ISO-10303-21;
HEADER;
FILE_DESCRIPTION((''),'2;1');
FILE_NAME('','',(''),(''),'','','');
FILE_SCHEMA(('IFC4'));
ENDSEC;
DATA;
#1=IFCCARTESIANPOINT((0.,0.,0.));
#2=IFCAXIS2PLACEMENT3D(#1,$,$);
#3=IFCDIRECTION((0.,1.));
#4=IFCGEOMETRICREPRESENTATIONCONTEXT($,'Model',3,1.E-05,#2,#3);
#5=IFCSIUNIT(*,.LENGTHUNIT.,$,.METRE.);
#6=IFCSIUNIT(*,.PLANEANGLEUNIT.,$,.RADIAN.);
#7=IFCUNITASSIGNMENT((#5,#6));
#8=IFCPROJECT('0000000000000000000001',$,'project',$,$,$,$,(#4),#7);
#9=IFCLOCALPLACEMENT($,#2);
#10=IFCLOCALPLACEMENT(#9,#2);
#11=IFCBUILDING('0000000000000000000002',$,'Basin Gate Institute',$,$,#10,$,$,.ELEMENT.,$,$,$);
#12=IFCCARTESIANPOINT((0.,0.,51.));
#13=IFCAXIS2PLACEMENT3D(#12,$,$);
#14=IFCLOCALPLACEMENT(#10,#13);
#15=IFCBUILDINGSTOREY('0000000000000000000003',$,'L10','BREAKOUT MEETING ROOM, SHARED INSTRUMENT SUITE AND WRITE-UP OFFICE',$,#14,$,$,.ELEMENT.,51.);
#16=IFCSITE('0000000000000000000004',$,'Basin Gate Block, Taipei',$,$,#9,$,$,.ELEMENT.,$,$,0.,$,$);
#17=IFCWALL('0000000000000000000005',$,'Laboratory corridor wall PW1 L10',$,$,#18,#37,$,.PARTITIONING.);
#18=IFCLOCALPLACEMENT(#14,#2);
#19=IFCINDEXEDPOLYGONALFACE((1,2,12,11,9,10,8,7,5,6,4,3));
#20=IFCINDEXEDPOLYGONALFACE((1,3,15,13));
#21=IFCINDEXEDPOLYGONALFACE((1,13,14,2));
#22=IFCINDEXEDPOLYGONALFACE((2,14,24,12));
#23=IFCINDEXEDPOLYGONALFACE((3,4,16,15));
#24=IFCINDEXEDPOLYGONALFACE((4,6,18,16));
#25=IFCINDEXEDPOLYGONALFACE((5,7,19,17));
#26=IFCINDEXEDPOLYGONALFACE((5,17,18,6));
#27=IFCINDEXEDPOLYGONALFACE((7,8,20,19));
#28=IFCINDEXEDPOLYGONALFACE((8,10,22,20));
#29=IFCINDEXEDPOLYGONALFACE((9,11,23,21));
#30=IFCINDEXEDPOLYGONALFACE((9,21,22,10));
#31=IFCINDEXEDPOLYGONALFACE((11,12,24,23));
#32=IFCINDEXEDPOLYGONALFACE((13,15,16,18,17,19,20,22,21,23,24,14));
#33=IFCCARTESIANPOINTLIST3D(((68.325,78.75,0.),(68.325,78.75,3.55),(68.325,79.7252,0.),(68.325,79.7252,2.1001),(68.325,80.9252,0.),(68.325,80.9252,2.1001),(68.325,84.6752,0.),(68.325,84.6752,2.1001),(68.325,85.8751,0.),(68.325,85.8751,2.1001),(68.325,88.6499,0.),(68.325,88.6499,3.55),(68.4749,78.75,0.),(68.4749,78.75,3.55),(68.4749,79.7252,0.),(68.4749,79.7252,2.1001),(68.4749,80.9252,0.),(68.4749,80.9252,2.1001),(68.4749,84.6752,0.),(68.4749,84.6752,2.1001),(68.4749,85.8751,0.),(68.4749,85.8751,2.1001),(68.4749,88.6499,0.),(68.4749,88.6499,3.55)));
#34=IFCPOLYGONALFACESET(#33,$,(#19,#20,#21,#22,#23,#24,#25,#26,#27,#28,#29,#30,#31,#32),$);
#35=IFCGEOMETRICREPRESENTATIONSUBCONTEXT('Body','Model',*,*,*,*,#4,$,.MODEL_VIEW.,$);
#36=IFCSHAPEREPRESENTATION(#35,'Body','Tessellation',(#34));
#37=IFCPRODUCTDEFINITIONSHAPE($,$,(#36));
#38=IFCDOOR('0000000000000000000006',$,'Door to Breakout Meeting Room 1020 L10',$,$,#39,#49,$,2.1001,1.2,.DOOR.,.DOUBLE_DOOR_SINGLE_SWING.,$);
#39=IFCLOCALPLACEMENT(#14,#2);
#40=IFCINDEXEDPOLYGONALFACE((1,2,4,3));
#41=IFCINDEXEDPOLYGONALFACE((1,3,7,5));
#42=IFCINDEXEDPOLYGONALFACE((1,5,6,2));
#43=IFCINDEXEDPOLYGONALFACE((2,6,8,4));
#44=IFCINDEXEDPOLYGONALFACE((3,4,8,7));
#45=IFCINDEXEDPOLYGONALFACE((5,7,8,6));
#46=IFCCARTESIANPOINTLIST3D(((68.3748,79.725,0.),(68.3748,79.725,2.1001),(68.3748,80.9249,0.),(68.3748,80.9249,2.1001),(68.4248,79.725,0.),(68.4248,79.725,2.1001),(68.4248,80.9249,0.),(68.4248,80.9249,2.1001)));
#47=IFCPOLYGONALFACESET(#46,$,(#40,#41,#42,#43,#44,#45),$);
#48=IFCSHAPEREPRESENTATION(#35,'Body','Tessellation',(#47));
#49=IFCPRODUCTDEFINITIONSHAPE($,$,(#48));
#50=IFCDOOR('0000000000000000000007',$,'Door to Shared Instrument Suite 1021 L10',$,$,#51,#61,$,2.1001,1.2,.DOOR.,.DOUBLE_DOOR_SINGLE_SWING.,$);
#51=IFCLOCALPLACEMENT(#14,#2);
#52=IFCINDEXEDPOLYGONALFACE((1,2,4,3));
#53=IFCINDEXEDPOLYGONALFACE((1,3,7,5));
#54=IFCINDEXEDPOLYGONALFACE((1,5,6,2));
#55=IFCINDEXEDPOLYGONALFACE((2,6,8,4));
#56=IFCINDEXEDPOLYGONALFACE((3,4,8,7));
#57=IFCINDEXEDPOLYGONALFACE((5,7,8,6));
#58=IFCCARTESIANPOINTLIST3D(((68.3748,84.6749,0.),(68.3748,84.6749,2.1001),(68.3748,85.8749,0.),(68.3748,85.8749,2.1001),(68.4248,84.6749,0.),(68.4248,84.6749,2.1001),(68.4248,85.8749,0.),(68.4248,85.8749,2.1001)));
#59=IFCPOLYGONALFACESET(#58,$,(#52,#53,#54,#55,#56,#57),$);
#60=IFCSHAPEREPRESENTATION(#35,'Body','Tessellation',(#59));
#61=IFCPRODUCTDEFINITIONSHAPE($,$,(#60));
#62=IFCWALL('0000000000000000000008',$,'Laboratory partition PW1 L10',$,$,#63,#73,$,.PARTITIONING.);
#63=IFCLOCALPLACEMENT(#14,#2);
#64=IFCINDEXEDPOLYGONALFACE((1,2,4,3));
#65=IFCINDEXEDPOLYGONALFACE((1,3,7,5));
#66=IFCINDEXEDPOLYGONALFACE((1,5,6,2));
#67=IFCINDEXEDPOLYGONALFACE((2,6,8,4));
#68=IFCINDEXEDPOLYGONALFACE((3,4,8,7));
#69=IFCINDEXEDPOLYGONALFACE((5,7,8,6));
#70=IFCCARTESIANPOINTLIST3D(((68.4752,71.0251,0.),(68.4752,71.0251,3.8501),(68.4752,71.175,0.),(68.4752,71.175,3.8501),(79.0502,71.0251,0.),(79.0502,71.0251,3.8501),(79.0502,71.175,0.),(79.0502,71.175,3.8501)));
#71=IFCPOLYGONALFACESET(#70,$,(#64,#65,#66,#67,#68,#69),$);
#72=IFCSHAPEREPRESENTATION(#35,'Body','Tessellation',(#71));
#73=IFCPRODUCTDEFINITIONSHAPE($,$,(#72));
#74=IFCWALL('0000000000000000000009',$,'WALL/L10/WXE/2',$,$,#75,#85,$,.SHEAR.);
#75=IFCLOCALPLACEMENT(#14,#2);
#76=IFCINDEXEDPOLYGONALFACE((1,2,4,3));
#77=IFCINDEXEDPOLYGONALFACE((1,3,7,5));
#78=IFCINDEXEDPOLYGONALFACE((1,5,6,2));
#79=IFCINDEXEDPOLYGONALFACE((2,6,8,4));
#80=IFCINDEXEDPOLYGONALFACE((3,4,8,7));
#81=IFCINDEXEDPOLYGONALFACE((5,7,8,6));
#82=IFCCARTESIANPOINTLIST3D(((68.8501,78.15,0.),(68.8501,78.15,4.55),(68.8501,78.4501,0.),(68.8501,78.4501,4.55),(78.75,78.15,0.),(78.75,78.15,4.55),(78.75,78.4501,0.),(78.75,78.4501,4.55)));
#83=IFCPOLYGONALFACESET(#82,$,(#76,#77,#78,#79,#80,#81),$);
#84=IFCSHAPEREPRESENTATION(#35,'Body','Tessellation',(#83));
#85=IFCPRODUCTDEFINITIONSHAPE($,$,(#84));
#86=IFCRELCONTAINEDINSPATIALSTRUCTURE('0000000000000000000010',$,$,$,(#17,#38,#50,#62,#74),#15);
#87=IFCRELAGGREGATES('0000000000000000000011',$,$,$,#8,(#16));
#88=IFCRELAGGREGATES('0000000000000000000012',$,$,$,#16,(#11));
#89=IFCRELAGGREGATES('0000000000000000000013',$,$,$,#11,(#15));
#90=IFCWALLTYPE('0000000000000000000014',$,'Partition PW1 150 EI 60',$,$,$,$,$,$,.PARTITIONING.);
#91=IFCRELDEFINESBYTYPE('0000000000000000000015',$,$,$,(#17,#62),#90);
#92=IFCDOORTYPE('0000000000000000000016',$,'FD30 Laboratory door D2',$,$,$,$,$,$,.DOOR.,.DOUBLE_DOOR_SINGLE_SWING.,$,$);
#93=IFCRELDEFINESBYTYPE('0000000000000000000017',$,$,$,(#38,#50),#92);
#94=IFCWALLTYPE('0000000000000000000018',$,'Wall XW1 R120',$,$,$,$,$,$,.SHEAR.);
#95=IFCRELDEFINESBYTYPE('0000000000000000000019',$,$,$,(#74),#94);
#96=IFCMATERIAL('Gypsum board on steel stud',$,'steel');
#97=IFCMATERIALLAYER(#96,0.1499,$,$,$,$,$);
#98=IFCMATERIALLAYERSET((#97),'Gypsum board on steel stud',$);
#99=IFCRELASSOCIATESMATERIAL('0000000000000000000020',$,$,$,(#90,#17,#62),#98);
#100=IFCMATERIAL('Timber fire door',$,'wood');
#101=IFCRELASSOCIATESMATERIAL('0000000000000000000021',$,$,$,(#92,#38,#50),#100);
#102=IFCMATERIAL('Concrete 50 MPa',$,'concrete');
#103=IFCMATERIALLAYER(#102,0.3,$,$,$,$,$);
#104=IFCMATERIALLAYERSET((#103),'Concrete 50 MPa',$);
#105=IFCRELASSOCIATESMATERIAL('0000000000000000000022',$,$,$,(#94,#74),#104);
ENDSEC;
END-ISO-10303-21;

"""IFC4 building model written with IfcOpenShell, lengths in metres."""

from ifc_helpers import new_model, si_unit, direction, frame, frame_2d, origin, place, context, subcontext, project, spatial, rectangle, extrude, material, layer, layer_set, type_object, element, fill, save


model = new_model("IFC4")

# Units and contexts
model_context = context("Model", 3, precision=1e-05, world=origin(), true_north=direction((0.0, 1.0)))
body_context = subcontext(model_context, "Body", "Model", "MODEL_VIEW")
ifc_project = project(units=[si_unit("LENGTHUNIT", "METRE"), si_unit("PLANEANGLEUNIT", "RADIAN")], contexts=[model_context])

# Site, building, storey
site_placement = place(None, origin())
site = spatial("IfcSite", under=ifc_project, at=site_placement, Name="Basin Gate Block, Taipei", CompositionType="ELEMENT", RefElevation=0.0)
building_placement = place(site_placement, origin())
building = spatial("IfcBuilding", under=site, at=building_placement, Name="Basin Gate Institute", CompositionType="ELEMENT")
storey_placement = place(building_placement, frame((0.0, 0.0, 51.0)))
storey = spatial("IfcBuildingStorey", under=building, at=storey_placement, Name="L10", Description="BREAKOUT MEETING ROOM, SHARED INSTRUMENT SUITE AND WRITE-UP OFFICE", CompositionType="ELEMENT", Elevation=51.0)

# Shared definitions
ifc_material_1 = material(Name="Gypsum board on steel stud", Category="steel")
ifc_layer_1 = layer(ifc_material_1, 0.1499)
ifc_layer_set_1 = layer_set([ifc_layer_1], Name="Gypsum board on steel stud")
wall_type_1 = type_object("IfcWallType", Name="Partition PW1 150 EI 60", PredefinedType="PARTITIONING", material=ifc_layer_set_1)
ifc_material_2 = material(Name="Timber fire door", Category="wood")
door_type_1 = type_object("IfcDoorType", Name="FD30 Laboratory door D2", OperationType="DOUBLE_DOOR_SINGLE_SWING", PredefinedType="DOOR", material=ifc_material_2)

# Wall, openings, doors
wall_1_placement = place(storey_placement, frame((68.3999, 78.75, 0.0), z_axis=(0.0, 0.0, 1.0), x_axis=(0.0, 1.0, 0.0)))
wall_1 = element("IfcWall", 1, at=wall_1_placement, inside=storey, type_object=wall_type_1, material=ifc_layer_set_1, Name="Laboratory corridor wall PW1 L10", PredefinedType="PARTITIONING", context=body_context, shape_type="SweptSolid", body=[
    extrude(rectangle(XDim=9.8999, YDim=0.1499, at=frame_2d((4.95, 0.0))), origin(), (0.0, 0.0, 1.0), 3.55),
])
opening_1_placement = place(wall_1_placement, frame((0.9751, 0.0, 0.0)))
opening_1 = element("IfcOpeningElement", 2, at=opening_1_placement, cuts=wall_1, PredefinedType="OPENING", context=body_context, shape_type="SweptSolid", body=[
    extrude(rectangle(XDim=1.2, YDim=2.1001, at=frame_2d((0.6001, 1.05))), frame((0.0, 0.085, 0.0), z_axis=(0.0, -1.0, 0.0), x_axis=(1.0, 0.0, 0.0)), (0.0, 0.0, 1.0), 0.1699),
])
opening_2_placement = place(wall_1_placement, frame((5.925, 0.0, 0.0)))
opening_2 = element("IfcOpeningElement", 3, at=opening_2_placement, cuts=wall_1, PredefinedType="OPENING", context=body_context, shape_type="SweptSolid", body=[
    extrude(rectangle(XDim=1.2, YDim=2.1001, at=frame_2d((0.6001, 1.05))), frame((0.0, 0.085, 0.0), z_axis=(0.0, -1.0, 0.0), x_axis=(1.0, 0.0, 0.0)), (0.0, 0.0, 1.0), 0.1699),
])
door_1_placement = place(opening_1_placement, frame((1.2, 0.0, 0.0), z_axis=(0.0, 0.0, 1.0), x_axis=(-1.0, 0.0, 0.0)))
door_1 = element("IfcDoor", 4, at=door_1_placement, inside=storey, type_object=door_type_1, material=ifc_material_2, Name="Door to Breakout Meeting Room 1020 L10", OperationType="DOUBLE_DOOR_SINGLE_SWING", OverallHeight=2.1001, OverallWidth=1.2, PredefinedType="DOOR", context=body_context, shape_type="SweptSolid", body=[
    extrude(rectangle(XDim=1.2, YDim=2.1001, at=frame_2d((0.6001, 1.05))), frame((0.0, 0.0249, 0.0), z_axis=(0.0, -1.0, 0.0), x_axis=(1.0, 0.0, 0.0)), (0.0, 0.0, 1.0), 0.05),
])
fill(opening_1, door_1)
door_2_placement = place(opening_2_placement, frame((1.2, 0.0, 0.0), z_axis=(0.0, 0.0, 1.0), x_axis=(-1.0, 0.0, 0.0)))
door_2 = element("IfcDoor", 5, at=door_2_placement, inside=storey, type_object=door_type_1, material=ifc_material_2, Name="Door to Shared Instrument Suite 1021 L10", OperationType="DOUBLE_DOOR_SINGLE_SWING", OverallHeight=2.1001, OverallWidth=1.2, PredefinedType="DOOR", context=body_context, shape_type="SweptSolid", body=[
    extrude(rectangle(XDim=1.2, YDim=2.1001, at=frame_2d((0.6001, 1.05))), frame((0.0, 0.0249, 0.0), z_axis=(0.0, -1.0, 0.0), x_axis=(1.0, 0.0, 0.0)), (0.0, 0.0, 1.0), 0.05),
])
fill(opening_2, door_2)

# Walls
wall_2_placement = place(storey_placement, frame((68.4751, 71.1001, 0.0), z_axis=(0.0, 0.0, 1.0), x_axis=(1.0, 0.0, 0.0)))
element("IfcWall", 6, at=wall_2_placement, inside=storey, type_object=wall_type_1, material=ifc_layer_set_1, Name="Laboratory partition PW1 L10", PredefinedType="PARTITIONING", context=body_context, shape_type="SweptSolid", body=[
    extrude(rectangle(XDim=10.575, YDim=0.1499, at=frame_2d((5.2876, 0.0))), origin(), (0.0, 0.0, 1.0), 3.8501),
])
ifc_material_3 = material(Name="Concrete 50 MPa", Category="concrete")
ifc_layer_2 = layer(ifc_material_3, 0.3)
ifc_layer_set_2 = layer_set([ifc_layer_2], Name="Concrete 50 MPa")
wall_type_2 = type_object("IfcWallType", Name="Wall XW1 R120", PredefinedType="SHEAR", material=ifc_layer_set_2)
wall_3_placement = place(storey_placement, frame((68.8501, 78.3, 0.0), z_axis=(0.0, 0.0, 1.0), x_axis=(1.0, 0.0, 0.0)))
element("IfcWall", 7, at=wall_3_placement, inside=storey, type_object=wall_type_2, material=ifc_layer_set_2, Name="WALL/L10/WXE/2", PredefinedType="SHEAR", context=body_context, shape_type="SweptSolid", body=[
    extrude(rectangle(XDim=9.8999, YDim=0.3, at=frame_2d((4.95, 0.0))), origin(), (0.0, 0.0, 1.0), 4.55),
])

save(model, "model.ifc")
